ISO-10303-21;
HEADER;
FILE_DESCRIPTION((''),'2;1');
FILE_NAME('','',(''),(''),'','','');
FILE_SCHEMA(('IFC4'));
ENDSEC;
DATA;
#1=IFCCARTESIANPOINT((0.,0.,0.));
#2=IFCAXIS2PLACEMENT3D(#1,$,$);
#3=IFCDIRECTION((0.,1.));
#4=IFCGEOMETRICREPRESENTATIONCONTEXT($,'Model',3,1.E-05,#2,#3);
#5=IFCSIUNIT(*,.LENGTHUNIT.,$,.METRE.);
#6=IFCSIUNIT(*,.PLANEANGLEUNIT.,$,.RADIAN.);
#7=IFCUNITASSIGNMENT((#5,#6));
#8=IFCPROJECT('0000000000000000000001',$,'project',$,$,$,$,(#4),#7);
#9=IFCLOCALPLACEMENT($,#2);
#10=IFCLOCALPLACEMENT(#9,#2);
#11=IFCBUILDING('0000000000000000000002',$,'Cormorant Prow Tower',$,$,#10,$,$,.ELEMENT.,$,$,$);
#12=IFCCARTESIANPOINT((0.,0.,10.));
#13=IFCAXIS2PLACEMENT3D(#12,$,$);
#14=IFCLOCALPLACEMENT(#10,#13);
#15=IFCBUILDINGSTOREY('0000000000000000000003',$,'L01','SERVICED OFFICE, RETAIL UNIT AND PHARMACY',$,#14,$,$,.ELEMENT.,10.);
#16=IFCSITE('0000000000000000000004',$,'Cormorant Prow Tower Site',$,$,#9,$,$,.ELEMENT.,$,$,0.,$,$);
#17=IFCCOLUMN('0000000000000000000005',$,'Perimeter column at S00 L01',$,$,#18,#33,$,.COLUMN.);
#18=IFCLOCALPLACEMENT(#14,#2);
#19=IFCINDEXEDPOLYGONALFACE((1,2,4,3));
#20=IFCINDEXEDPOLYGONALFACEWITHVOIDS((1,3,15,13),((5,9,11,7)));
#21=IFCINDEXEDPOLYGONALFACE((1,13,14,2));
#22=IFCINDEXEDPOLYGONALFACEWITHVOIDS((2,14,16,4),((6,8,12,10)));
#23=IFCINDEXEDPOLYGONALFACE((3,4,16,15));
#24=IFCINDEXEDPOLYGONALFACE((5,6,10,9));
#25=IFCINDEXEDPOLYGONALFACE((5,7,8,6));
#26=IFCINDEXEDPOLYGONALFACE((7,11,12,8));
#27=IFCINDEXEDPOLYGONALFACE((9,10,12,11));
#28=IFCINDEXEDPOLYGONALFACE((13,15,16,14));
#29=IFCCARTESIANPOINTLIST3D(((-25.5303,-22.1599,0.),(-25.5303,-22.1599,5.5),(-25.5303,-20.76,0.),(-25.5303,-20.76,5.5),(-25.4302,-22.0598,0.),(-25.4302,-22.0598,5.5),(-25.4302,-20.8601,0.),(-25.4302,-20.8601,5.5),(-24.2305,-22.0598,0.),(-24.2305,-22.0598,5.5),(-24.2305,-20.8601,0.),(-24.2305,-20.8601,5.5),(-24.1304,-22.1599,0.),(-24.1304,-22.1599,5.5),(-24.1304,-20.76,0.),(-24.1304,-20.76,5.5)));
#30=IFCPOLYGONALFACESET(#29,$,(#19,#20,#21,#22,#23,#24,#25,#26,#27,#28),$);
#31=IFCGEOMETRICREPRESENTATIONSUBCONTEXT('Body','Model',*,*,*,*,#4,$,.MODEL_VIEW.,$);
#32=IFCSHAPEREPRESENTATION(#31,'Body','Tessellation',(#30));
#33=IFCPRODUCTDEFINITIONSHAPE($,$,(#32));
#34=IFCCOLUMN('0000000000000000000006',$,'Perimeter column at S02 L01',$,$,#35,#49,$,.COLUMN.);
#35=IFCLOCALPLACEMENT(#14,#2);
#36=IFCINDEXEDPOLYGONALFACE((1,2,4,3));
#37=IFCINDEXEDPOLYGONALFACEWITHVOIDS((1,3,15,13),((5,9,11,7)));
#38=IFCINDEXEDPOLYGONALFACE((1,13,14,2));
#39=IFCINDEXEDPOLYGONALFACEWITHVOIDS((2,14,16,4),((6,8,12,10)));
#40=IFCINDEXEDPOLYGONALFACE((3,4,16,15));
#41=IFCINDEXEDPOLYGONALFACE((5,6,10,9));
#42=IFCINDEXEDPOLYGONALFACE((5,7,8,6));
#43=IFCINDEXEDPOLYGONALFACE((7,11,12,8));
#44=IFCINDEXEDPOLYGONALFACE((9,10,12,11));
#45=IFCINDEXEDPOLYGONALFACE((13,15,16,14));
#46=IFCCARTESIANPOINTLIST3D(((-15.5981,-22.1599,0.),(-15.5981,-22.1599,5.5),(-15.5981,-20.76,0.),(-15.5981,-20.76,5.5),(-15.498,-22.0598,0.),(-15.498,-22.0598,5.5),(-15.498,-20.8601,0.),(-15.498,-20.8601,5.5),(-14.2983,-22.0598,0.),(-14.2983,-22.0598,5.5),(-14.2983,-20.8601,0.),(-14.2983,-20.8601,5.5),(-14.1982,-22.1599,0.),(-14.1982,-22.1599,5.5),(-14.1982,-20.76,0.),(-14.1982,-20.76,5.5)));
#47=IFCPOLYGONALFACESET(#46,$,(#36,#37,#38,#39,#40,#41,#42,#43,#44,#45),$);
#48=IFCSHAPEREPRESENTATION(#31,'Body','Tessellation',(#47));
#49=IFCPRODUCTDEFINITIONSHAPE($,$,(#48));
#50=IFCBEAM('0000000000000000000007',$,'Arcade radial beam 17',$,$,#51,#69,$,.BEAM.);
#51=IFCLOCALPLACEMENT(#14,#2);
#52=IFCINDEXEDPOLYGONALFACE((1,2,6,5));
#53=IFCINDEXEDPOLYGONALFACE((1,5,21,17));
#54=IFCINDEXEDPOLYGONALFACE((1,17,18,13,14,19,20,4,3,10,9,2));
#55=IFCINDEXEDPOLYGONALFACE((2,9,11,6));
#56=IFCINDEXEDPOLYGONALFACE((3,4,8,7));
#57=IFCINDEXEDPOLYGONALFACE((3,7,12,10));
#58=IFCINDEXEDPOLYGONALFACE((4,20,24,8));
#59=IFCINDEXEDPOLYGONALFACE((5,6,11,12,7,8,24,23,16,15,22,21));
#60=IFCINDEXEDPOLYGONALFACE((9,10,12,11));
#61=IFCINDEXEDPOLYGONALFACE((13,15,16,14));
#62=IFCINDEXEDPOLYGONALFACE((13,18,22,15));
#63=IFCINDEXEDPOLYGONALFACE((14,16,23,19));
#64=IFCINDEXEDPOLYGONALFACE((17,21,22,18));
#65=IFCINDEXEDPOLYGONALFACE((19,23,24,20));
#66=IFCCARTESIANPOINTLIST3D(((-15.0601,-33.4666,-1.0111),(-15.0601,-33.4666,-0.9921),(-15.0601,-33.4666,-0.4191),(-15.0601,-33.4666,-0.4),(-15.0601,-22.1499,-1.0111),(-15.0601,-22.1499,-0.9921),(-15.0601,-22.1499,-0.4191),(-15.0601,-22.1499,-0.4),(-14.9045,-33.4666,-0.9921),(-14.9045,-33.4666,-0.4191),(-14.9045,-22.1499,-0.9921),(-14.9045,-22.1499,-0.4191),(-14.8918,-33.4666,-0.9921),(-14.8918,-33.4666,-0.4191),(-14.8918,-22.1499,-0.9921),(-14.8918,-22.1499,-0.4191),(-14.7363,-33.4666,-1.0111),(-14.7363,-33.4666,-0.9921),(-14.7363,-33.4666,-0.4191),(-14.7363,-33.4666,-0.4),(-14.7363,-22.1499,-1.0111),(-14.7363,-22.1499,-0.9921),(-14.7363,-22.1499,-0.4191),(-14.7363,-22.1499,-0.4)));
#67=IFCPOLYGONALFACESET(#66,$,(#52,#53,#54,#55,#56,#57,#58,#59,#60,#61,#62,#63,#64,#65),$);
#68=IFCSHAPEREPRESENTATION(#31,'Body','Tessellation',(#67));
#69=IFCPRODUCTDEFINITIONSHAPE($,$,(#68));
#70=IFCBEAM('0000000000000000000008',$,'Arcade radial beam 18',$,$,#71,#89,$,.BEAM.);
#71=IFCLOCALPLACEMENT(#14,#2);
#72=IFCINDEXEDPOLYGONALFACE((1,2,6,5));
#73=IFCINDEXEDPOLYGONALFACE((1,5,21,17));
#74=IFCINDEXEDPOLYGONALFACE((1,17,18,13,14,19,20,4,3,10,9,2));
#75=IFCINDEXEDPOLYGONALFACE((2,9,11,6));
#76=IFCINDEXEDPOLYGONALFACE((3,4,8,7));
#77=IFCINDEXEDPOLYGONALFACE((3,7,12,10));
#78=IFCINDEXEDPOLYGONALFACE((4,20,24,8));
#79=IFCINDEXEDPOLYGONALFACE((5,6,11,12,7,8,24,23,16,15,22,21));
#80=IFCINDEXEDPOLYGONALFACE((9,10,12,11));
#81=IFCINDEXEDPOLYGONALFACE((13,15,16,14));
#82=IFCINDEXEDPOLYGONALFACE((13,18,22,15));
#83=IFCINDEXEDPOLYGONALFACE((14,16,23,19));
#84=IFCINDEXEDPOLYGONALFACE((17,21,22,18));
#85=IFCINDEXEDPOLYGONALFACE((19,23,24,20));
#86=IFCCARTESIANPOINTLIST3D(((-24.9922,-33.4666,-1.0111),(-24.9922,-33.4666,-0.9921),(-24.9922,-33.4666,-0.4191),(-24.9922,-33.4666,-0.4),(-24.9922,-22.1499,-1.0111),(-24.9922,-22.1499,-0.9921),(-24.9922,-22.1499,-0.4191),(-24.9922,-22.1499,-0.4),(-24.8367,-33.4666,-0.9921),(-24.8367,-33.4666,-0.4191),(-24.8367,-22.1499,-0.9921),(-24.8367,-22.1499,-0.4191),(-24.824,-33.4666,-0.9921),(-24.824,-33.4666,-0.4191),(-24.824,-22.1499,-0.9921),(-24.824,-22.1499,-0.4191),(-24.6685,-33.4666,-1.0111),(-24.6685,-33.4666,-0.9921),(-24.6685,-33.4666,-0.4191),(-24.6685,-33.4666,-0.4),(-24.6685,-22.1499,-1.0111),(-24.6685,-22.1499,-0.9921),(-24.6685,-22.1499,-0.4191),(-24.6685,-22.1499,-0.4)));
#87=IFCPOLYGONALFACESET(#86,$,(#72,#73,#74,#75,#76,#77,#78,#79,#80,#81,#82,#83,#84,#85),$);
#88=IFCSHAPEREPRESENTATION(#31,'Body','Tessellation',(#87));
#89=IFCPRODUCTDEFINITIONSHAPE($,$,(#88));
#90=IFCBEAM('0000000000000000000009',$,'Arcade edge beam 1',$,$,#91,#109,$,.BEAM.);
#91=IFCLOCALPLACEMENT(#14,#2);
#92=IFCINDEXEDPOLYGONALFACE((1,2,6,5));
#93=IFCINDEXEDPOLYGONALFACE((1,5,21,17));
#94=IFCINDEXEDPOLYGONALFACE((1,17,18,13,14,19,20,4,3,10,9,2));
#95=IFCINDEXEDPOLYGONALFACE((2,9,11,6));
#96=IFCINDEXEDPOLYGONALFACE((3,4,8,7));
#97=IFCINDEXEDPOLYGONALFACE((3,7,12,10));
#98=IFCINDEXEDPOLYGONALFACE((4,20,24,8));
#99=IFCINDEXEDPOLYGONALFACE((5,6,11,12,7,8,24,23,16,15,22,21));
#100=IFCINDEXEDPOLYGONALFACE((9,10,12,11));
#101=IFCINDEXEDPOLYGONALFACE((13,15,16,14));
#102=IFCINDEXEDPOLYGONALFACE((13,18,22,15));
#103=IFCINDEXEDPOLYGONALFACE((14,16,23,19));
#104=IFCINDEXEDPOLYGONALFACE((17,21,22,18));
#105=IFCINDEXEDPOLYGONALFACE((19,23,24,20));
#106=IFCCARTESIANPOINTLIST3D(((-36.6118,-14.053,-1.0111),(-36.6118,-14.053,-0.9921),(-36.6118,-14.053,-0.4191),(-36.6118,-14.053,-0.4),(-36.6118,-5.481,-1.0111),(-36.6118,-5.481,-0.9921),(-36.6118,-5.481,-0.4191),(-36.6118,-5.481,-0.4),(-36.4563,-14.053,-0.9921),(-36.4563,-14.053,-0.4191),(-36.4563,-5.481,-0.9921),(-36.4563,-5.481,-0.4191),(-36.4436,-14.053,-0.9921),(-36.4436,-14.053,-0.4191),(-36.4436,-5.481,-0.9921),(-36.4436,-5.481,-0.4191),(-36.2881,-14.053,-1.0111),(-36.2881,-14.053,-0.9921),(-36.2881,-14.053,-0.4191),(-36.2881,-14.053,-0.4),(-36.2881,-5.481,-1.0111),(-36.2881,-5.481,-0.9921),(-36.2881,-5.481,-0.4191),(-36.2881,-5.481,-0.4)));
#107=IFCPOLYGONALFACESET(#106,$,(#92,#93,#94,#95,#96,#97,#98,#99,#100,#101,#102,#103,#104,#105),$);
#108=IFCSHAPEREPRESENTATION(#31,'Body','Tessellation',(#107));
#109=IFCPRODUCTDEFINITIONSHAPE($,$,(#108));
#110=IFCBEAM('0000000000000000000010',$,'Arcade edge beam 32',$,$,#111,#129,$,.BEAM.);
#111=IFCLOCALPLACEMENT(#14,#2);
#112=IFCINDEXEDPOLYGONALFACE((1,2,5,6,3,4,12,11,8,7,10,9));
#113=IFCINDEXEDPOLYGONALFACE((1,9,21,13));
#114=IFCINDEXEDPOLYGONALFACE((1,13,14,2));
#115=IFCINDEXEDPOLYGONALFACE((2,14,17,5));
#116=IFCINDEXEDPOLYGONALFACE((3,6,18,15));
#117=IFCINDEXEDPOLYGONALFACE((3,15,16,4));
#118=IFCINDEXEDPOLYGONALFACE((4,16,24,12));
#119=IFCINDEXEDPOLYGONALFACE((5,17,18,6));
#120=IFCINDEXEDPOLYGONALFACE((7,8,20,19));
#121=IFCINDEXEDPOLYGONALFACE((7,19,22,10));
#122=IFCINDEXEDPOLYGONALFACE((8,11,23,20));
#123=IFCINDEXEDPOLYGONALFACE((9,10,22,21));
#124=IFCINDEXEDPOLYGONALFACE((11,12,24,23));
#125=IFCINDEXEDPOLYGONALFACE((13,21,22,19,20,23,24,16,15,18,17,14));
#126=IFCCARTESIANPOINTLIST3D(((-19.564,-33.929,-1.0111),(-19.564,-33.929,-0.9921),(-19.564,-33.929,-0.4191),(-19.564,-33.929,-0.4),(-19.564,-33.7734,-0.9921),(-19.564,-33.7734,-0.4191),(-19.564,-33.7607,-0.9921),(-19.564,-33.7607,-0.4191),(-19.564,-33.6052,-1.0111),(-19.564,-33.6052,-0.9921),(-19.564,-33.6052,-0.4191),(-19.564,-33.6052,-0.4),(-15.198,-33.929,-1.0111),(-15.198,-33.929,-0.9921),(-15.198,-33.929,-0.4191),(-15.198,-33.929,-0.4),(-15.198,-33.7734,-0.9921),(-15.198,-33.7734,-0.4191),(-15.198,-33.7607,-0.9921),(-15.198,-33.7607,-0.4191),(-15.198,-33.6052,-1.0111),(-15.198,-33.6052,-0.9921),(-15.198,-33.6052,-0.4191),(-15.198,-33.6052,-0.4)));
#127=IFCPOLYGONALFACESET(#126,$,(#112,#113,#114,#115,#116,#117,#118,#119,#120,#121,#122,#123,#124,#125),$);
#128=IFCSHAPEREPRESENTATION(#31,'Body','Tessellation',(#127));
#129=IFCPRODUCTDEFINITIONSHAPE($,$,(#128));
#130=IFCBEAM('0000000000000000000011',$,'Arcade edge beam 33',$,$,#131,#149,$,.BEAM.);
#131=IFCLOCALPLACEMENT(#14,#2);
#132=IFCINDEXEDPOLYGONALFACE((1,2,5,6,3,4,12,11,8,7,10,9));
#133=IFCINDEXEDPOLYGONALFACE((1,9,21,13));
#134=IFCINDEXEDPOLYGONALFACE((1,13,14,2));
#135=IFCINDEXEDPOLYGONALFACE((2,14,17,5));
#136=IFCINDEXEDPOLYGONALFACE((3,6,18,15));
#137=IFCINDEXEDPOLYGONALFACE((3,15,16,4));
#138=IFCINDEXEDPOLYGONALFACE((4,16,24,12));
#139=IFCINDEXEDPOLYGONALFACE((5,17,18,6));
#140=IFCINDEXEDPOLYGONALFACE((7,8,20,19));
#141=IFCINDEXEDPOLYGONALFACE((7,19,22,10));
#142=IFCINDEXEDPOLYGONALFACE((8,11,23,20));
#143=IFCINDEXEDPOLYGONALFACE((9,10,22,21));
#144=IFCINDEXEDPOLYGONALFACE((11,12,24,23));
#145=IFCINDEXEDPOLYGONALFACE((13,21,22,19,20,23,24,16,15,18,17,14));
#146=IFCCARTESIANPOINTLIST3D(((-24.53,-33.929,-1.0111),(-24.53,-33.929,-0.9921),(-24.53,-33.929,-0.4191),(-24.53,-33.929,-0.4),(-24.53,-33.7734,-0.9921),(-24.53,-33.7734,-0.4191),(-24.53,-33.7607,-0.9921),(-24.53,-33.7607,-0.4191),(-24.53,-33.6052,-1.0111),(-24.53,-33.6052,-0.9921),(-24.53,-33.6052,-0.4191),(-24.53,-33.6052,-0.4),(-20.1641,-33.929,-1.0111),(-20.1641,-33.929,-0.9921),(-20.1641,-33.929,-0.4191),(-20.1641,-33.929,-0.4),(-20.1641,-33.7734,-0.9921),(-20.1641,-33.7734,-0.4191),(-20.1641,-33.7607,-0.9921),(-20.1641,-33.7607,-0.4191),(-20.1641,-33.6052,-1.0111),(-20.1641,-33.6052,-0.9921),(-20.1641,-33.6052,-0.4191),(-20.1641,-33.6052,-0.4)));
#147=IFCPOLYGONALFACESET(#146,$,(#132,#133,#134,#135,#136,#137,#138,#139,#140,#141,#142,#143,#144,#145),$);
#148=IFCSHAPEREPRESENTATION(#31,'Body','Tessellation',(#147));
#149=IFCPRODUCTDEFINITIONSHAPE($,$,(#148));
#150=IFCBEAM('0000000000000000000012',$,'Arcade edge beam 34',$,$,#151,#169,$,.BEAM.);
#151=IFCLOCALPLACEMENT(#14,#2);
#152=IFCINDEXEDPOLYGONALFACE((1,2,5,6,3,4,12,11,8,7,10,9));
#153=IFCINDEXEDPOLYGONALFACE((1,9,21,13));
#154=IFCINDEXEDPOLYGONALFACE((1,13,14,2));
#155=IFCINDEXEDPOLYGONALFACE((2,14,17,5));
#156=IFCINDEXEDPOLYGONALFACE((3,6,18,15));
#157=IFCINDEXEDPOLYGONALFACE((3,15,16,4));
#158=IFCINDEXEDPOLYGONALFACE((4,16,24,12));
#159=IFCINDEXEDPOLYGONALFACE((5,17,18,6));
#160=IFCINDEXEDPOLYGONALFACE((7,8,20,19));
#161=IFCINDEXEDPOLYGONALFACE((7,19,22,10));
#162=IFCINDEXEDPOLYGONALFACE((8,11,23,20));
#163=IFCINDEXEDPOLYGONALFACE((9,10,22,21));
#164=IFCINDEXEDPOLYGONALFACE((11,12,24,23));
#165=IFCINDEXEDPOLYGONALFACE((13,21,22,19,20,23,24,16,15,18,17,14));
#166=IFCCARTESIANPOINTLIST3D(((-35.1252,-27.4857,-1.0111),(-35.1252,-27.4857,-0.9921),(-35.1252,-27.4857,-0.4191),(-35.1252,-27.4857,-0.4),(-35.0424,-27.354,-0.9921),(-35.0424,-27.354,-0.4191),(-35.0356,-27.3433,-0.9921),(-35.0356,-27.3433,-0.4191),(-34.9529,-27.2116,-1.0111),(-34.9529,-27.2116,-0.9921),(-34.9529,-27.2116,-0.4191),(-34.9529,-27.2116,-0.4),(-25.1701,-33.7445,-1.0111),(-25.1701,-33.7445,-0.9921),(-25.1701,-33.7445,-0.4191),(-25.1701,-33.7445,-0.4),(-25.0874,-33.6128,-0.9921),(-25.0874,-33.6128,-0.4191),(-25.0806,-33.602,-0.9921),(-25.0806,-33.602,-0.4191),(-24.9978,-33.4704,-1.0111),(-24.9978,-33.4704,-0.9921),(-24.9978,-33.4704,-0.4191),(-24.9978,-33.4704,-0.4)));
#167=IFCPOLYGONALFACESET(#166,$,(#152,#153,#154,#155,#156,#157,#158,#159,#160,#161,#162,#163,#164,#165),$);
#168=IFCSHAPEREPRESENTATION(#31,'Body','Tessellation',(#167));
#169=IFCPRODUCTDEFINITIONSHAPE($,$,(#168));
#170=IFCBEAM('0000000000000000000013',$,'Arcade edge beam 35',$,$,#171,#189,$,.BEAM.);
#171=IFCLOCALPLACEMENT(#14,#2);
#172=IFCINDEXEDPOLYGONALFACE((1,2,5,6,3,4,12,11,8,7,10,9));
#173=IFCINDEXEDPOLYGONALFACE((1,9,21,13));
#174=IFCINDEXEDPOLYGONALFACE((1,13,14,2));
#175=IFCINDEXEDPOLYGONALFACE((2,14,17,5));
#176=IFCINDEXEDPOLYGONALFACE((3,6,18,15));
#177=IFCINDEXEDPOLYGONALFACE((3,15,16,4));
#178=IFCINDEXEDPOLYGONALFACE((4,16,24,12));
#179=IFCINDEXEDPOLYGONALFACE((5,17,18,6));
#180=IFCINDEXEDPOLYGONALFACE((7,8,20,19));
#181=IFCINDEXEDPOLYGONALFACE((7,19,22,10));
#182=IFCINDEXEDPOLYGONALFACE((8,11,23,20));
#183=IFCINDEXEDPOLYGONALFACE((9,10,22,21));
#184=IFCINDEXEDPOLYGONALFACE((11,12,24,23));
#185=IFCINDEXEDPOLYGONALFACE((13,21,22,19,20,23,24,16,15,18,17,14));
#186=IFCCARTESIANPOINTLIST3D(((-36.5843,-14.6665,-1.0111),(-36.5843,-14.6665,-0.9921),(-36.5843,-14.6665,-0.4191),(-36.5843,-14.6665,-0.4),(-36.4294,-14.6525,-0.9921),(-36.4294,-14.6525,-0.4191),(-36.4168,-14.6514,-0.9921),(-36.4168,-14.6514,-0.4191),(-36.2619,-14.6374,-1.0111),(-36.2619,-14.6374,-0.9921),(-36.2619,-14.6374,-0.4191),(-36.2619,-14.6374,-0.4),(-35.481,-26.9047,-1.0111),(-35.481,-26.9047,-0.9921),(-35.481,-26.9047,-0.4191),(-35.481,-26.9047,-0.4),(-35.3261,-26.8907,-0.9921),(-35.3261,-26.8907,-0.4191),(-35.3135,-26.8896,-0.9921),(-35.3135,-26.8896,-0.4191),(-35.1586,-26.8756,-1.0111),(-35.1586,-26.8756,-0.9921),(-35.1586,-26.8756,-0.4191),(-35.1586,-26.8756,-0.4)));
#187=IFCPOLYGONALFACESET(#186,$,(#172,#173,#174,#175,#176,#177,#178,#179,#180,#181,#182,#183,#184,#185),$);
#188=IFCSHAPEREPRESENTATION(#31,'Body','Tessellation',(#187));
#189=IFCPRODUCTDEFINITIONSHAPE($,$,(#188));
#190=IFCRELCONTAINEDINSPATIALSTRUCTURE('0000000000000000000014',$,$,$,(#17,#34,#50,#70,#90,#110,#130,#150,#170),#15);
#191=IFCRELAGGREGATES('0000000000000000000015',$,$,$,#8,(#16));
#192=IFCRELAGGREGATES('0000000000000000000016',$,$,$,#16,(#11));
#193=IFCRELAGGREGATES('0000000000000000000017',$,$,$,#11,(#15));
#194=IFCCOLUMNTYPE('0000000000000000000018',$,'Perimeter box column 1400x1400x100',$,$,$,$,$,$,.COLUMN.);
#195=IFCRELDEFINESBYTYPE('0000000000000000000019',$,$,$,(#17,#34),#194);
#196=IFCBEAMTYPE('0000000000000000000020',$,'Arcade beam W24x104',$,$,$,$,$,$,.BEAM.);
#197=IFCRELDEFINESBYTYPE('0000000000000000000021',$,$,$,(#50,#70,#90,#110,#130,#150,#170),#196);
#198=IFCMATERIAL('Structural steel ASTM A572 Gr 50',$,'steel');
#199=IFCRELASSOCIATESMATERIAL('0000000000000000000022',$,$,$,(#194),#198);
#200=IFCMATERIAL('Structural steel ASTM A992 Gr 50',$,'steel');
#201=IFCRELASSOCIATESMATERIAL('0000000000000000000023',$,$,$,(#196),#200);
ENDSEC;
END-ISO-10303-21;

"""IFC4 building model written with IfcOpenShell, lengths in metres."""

from ifc_helpers import new_model, si_unit, direction, frame, origin, origin_2d, place, context, subcontext, project, spatial, hollow_rectangle, i_section, extrude, material, material_profile, profile_set, type_object, element, save


model = new_model("IFC4")

# Units and contexts
model_context = context("Model", 3, precision=1e-05, world=origin(), true_north=direction((0.0, 1.0)))
body_context = subcontext(model_context, "Body", "Model", "MODEL_VIEW")
ifc_project = project(units=[si_unit("LENGTHUNIT", "METRE"), si_unit("PLANEANGLEUNIT", "RADIAN")], contexts=[model_context])

# Site, building, storey
site_placement = place(None, origin())
site = spatial("IfcSite", under=ifc_project, at=site_placement, Name="Cormorant Prow Tower Site", CompositionType="ELEMENT", RefElevation=0.0)
building_placement = place(site_placement, origin())
building = spatial("IfcBuilding", under=site, at=building_placement, Name="Cormorant Prow Tower", CompositionType="ELEMENT")
storey_placement = place(building_placement, frame((0.0, 0.0, 10.0)))
storey = spatial("IfcBuildingStorey", under=building, at=storey_placement, Name="L01", Description="SERVICED OFFICE, RETAIL UNIT AND PHARMACY", CompositionType="ELEMENT", Elevation=10.0)

# Columns
ifc_material_1 = material(Name="Structural steel ASTM A572 Gr 50", Category="steel")
ifc_material_profile_1 = material_profile(ifc_material_1, hollow_rectangle(XDim=1.3999, YDim=1.3999, WallThickness=0.1001, at=origin_2d()), Name="Box 1400x1400x100")
ifc_profile_set_1 = profile_set([ifc_material_profile_1], Name="Structural steel ASTM A572 Gr 50")
column_type = type_object("IfcColumnType", Name="Perimeter box column 1400x1400x100", PredefinedType="COLUMN", material=ifc_profile_set_1)
for number, where, z_axis, x_axis, name in (
    (1, (-24.8303, -21.46, 0.0), (0.0, 0.0, 1.0), (1.0, 0.0, 0.0), "Perimeter column at S00 L01"),
    (2, (-14.8982, -21.46, 0.0), (0.0, 0.0, 1.0), (1.0, 0.0, 0.0), "Perimeter column at S02 L01"),
):
    element("IfcColumn", number, at=place(storey_placement, frame(where, z_axis=z_axis, x_axis=x_axis)), inside=storey, type_object=column_type, Name=name, PredefinedType="COLUMN", context=body_context, shape_type="SweptSolid", body=[
        extrude(hollow_rectangle(XDim=1.3999, YDim=1.3999, WallThickness=0.1001, at=origin_2d()), origin(), (0.0, 0.0, 1.0), 5.5),
    ])

# Beams
ifc_material_2 = material(Name="Structural steel ASTM A992 Gr 50", Category="steel")
ifc_material_profile_2 = material_profile(ifc_material_2, i_section(OverallWidth=0.3237, OverallDepth=0.6111, WebThickness=0.0127, FlangeThickness=0.019, at=origin_2d()), Name="W24x104")
ifc_profile_set_2 = profile_set([ifc_material_profile_2], Name="Structural steel ASTM A992 Gr 50")
beam_type = type_object("IfcBeamType", Name="Arcade beam W24x104", PredefinedType="BEAM", material=ifc_profile_set_2)
for number, where, z_axis, x_axis, name in (
    (3, (-14.8982, -22.1499, -0.7056), (0.0, -1.0, 0.0), (1.0, 0.0, 0.0), "Arcade radial beam 17"),
    (4, (-24.8303, -22.1499, -0.7056), (0.0, -1.0, 0.0), (1.0, 0.0, 0.0), "Arcade radial beam 18"),
):
    element("IfcBeam", number, at=place(storey_placement, frame(where, z_axis=z_axis, x_axis=x_axis)), inside=storey, type_object=beam_type, Name=name, PredefinedType="BEAM", context=body_context, shape_type="SweptSolid", body=[
        extrude(i_section(OverallWidth=0.3237, OverallDepth=0.6111, WebThickness=0.0127, FlangeThickness=0.019, at=origin_2d()), origin(), (0.0, 0.0, 1.0), 11.3167),
    ])
beam_1_placement = place(storey_placement, frame((-36.45, -14.053, -0.7056), z_axis=(0.0, 1.0, 0.0), x_axis=(-1.0, 0.0, 0.0)))
element("IfcBeam", 5, at=beam_1_placement, inside=storey, type_object=beam_type, Name="Arcade edge beam 1", PredefinedType="BEAM", context=body_context, shape_type="SweptSolid", body=[
    extrude(i_section(OverallWidth=0.3237, OverallDepth=0.6111, WebThickness=0.0127, FlangeThickness=0.019, at=origin_2d()), origin(), (0.0, 0.0, 1.0), 8.572),
])
for number, where, z_axis, x_axis, name in (
    (6, (-15.198, -33.7671, -0.7056), (-1.0, 0.0, 0.0), (0.0, -1.0, 0.0), "Arcade edge beam 32"),
    (7, (-20.1641, -33.7671, -0.7056), (-1.0, 0.0, 0.0), (0.0, -1.0, 0.0), "Arcade edge beam 33"),
):
    element("IfcBeam", number, at=place(storey_placement, frame(where, z_axis=z_axis, x_axis=x_axis)), inside=storey, type_object=beam_type, Name=name, PredefinedType="BEAM", context=body_context, shape_type="SweptSolid", body=[
        extrude(i_section(OverallWidth=0.3237, OverallDepth=0.6111, WebThickness=0.0127, FlangeThickness=0.019, at=origin_2d()), origin(), (0.0, 0.0, 1.0), 4.366),
    ])
beam_2_placement = place(storey_placement, frame((-25.084, -33.6074, -0.7056), z_axis=(-0.846586, 0.532251, 0.0), x_axis=(-0.532251, -0.846586, 0.0)))
element("IfcBeam", 8, at=beam_2_placement, inside=storey, type_object=beam_type, Name="Arcade edge beam 34", PredefinedType="BEAM", context=body_context, shape_type="SweptSolid", body=[
    extrude(i_section(OverallWidth=0.3237, OverallDepth=0.6111, WebThickness=0.0127, FlangeThickness=0.019, at=origin_2d()), origin(), (0.0, 0.0, 1.0), 11.759),
])
beam_3_placement = place(storey_placement, frame((-35.3198, -26.8901, -0.7056), z_axis=(-0.089785, 0.995961, 0.0), x_axis=(-0.995961, -0.089785, 0.0)))
element("IfcBeam", 9, at=beam_3_placement, inside=storey, type_object=beam_type, Name="Arcade edge beam 35", PredefinedType="BEAM", context=body_context, shape_type="SweptSolid", body=[
    extrude(i_section(OverallWidth=0.3237, OverallDepth=0.6111, WebThickness=0.0127, FlangeThickness=0.019, at=origin_2d()), origin(), (0.0, 0.0, 1.0), 12.2878),
])

save(model, "model.ifc")
